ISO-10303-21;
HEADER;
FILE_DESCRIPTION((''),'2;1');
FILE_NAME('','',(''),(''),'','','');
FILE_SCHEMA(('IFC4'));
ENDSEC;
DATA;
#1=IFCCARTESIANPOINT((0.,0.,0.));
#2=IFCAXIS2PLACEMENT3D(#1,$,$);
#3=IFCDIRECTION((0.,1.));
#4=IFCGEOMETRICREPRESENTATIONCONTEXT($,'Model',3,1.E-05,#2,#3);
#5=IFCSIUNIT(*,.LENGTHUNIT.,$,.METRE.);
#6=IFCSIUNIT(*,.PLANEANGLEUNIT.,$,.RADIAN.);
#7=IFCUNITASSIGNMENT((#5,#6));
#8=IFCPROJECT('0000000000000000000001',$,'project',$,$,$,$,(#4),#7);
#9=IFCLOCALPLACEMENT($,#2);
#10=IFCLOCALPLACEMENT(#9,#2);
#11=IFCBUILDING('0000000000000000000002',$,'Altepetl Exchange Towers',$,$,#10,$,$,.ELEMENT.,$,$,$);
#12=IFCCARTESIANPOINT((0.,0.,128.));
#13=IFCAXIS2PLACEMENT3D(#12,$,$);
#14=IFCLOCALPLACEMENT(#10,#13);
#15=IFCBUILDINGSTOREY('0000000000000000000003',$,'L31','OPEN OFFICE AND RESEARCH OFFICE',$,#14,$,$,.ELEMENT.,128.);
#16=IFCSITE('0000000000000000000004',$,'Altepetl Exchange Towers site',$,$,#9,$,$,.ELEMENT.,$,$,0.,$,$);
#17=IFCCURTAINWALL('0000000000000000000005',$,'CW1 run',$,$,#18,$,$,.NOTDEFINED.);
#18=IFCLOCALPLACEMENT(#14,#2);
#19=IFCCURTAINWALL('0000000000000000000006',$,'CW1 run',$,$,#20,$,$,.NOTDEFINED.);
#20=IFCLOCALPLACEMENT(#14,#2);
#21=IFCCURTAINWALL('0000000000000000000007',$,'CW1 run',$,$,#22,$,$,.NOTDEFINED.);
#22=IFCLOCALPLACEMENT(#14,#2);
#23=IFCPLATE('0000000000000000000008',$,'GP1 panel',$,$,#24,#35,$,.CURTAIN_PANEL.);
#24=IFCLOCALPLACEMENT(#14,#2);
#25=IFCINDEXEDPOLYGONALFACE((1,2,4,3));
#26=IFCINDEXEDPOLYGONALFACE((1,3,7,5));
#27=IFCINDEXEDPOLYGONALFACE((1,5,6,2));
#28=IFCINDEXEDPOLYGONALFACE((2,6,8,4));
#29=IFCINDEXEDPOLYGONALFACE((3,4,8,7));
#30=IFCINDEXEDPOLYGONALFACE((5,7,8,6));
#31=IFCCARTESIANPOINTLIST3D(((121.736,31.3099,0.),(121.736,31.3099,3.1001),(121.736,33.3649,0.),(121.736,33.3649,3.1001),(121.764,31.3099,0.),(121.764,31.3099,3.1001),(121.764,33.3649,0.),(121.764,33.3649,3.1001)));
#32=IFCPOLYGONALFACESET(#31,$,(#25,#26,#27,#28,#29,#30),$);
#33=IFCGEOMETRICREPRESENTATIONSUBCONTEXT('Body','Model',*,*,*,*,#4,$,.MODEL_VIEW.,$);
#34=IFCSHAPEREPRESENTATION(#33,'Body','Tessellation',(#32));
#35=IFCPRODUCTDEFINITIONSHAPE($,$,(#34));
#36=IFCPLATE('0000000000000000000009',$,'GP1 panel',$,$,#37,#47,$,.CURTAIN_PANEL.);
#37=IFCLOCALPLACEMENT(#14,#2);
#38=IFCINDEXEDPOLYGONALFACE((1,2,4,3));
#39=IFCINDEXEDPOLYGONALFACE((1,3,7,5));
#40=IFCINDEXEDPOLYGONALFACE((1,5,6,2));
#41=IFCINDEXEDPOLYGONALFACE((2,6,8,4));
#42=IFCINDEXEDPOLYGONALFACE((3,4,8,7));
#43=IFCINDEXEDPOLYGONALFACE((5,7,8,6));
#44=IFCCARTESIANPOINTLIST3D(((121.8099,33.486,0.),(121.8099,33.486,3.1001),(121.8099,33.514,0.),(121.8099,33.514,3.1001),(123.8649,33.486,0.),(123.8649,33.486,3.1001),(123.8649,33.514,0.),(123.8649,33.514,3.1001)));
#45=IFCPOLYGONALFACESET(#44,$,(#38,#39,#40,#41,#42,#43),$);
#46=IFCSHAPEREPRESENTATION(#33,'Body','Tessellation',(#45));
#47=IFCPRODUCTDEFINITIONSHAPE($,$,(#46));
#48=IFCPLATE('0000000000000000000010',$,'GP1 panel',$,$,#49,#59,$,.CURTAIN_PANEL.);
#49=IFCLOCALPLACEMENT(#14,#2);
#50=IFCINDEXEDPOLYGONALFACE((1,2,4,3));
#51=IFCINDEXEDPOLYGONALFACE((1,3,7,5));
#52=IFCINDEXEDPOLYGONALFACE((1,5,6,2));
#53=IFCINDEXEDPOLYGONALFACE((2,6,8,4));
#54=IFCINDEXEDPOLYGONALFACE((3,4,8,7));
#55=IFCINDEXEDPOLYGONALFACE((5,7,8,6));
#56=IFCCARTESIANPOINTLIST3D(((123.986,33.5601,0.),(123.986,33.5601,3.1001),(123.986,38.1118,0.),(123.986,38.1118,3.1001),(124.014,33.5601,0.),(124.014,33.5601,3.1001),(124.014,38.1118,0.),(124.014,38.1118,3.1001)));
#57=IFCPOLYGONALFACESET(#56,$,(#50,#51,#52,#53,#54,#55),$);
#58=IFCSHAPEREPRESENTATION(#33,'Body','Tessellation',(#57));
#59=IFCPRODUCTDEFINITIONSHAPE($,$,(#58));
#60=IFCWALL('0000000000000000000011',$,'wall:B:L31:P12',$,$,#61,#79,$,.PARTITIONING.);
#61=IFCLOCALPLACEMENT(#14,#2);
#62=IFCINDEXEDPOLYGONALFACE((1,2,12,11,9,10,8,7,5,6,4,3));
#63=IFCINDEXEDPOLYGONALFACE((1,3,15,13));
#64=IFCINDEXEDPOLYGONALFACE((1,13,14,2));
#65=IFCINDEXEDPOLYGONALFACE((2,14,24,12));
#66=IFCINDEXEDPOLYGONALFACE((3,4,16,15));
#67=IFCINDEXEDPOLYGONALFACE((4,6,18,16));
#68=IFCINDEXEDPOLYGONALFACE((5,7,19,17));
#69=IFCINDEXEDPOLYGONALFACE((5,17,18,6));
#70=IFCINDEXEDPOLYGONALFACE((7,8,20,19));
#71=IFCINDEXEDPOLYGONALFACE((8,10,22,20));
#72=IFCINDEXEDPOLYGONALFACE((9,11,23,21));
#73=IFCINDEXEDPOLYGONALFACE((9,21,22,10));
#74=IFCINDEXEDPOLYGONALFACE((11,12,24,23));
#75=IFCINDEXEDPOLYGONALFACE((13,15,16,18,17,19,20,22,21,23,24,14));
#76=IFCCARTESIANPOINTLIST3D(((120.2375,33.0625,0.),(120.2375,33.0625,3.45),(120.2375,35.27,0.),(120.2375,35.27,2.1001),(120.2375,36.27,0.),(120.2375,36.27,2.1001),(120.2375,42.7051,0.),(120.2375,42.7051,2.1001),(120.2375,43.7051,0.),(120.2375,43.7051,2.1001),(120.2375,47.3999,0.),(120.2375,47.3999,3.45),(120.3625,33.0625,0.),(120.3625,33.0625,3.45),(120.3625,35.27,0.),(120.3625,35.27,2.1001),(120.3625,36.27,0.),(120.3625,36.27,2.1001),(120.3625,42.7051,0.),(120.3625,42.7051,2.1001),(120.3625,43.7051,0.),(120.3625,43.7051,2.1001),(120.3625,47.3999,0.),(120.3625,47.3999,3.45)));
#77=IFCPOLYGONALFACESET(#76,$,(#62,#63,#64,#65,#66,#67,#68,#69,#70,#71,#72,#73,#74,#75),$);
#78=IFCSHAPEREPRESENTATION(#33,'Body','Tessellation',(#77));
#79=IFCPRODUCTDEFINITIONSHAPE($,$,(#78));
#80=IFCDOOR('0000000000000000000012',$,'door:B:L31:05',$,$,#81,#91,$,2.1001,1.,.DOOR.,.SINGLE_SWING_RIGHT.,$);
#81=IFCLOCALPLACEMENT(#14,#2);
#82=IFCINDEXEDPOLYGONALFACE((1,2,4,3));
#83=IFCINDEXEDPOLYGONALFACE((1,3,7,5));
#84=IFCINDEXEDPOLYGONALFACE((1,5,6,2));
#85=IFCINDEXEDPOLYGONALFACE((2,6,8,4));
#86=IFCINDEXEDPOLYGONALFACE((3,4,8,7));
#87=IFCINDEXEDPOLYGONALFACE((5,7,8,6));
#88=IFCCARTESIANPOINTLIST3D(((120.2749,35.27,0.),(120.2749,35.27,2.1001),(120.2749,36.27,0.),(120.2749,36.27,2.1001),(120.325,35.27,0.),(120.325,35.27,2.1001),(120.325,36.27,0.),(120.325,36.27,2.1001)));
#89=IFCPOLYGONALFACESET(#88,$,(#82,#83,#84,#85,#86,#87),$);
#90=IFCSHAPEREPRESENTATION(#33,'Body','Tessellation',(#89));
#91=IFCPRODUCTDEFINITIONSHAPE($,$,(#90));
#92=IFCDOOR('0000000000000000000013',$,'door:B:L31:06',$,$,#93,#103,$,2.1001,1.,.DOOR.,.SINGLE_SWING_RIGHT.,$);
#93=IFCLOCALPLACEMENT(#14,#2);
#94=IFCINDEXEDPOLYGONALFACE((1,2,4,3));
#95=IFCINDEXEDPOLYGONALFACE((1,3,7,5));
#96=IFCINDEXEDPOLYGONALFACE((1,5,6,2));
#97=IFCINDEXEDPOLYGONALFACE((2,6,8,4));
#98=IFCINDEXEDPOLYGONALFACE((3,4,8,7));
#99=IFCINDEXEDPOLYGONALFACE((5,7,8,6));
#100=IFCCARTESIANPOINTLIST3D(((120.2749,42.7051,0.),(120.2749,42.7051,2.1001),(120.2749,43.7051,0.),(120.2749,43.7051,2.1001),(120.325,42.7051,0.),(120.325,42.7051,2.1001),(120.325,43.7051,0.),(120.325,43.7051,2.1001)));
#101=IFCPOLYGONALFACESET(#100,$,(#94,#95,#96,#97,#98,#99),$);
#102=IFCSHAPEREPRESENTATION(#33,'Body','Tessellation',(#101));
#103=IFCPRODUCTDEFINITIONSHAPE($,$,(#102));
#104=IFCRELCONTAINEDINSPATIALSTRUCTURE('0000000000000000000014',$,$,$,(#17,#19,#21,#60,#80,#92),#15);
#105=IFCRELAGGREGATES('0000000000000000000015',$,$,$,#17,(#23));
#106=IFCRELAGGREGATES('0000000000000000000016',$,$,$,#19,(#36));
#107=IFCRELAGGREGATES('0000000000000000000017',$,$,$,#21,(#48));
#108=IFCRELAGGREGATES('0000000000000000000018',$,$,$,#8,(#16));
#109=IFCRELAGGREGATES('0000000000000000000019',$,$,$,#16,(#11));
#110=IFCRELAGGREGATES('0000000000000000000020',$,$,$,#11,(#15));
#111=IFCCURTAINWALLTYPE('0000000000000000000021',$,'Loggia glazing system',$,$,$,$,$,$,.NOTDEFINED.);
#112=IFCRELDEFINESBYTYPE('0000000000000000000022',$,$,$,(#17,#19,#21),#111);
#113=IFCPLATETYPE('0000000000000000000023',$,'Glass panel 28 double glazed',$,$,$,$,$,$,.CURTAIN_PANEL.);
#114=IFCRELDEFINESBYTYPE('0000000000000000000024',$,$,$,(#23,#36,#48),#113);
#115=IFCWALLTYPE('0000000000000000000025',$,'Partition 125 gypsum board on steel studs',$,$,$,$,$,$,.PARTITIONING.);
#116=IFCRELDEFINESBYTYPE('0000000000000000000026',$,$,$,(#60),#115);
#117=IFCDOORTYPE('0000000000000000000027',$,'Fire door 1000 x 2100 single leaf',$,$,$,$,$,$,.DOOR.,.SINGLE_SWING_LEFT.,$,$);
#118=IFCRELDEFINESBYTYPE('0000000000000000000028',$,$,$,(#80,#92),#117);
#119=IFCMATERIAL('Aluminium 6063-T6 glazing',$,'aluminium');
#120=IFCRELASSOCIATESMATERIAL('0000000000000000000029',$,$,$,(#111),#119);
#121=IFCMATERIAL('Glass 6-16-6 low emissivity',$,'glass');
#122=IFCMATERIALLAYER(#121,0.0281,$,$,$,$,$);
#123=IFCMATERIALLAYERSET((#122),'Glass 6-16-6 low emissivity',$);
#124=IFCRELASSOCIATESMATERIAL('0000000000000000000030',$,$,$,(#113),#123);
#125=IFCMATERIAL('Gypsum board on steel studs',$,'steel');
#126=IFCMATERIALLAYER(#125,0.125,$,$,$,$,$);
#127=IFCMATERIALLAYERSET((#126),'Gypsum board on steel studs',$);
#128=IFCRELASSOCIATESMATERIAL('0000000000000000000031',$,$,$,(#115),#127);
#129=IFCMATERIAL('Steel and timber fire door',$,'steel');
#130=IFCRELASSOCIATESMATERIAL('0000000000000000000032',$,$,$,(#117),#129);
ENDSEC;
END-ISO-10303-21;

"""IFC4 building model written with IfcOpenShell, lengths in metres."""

from ifc_helpers import new_model, si_unit, direction, frame, frame_2d, origin, origin_2d, place, context, subcontext, project, spatial, rectangle, extrude, material, layer, layer_set, type_object, element, fill, aggregate, save


model = new_model("IFC4")

# Units and contexts
model_context = context("Model", 3, precision=1e-05, world=origin(), true_north=direction((0.0, 1.0)))
body_context = subcontext(model_context, "Body", "Model", "MODEL_VIEW")
ifc_project = project(units=[si_unit("LENGTHUNIT", "METRE"), si_unit("PLANEANGLEUNIT", "RADIAN")], contexts=[model_context])

# Site, building, storey
site_placement = place(None, origin())
site = spatial("IfcSite", under=ifc_project, at=site_placement, Name="Altepetl Exchange Towers site", CompositionType="ELEMENT", RefElevation=0.0)
building_placement = place(site_placement, origin())
building = spatial("IfcBuilding", under=site, at=building_placement, Name="Altepetl Exchange Towers", CompositionType="ELEMENT")
storey_placement = place(building_placement, frame((0.0, 0.0, 128.0)))
storey = spatial("IfcBuildingStorey", under=building, at=storey_placement, Name="L31", Description="OPEN OFFICE AND RESEARCH OFFICE", CompositionType="ELEMENT", Elevation=128.0)

# Shared definitions
ifc_material_1 = material(Name="Aluminium 6063-T6 glazing", Category="aluminium")
curtain_wall_type = type_object("IfcCurtainWallType", Name="Loggia glazing system", PredefinedType="NOTDEFINED", material=ifc_material_1)

# Curtain walls
curtain_wall_1_placement = place(storey_placement, origin())
curtain_wall_1 = element("IfcCurtainWall", 1, at=curtain_wall_1_placement, inside=storey, type_object=curtain_wall_type, Name="CW1 run", PredefinedType="NOTDEFINED")
curtain_wall_2_placement = place(storey_placement, origin())
curtain_wall_2 = element("IfcCurtainWall", 2, at=curtain_wall_2_placement, inside=storey, type_object=curtain_wall_type, Name="CW1 run", PredefinedType="NOTDEFINED")

# Curtain wall
curtain_wall_3_placement = place(storey_placement, origin())
curtain_wall_3 = element("IfcCurtainWall", 3, at=curtain_wall_3_placement, inside=storey, type_object=curtain_wall_type, Name="CW1 run", PredefinedType="NOTDEFINED")

# Plates
ifc_material_2 = material(Name="Glass 6-16-6 low emissivity", Category="glass")
ifc_layer_1 = layer(ifc_material_2, 0.0281)
ifc_layer_set_1 = layer_set([ifc_layer_1], Name="Glass 6-16-6 low emissivity")
plate_type = type_object("IfcPlateType", Name="Glass panel 28 double glazed", PredefinedType="CURTAIN_PANEL", material=ifc_layer_set_1)
plate_1_placement = place(storey_placement, frame((121.75, 32.3374, 0.0), z_axis=(0.0, 0.0, 1.0), x_axis=(0.0, 1.0, 0.0)))
plate_1 = element("IfcPlate", 4, at=plate_1_placement, type_object=plate_type, Name="GP1 panel", PredefinedType="CURTAIN_PANEL", context=body_context, shape_type="SweptSolid", body=[
    extrude(rectangle(XDim=2.0549, YDim=0.0281, at=origin_2d()), origin(), (0.0, 0.0, 1.0), 3.1001),
])
aggregate(curtain_wall_1, [plate_1])
plate_2_placement = place(storey_placement, frame((122.8374, 33.5, 0.0)))
plate_2 = element("IfcPlate", 5, at=plate_2_placement, type_object=plate_type, Name="GP1 panel", PredefinedType="CURTAIN_PANEL", context=body_context, shape_type="SweptSolid", body=[
    extrude(rectangle(XDim=2.0549, YDim=0.0281, at=origin_2d()), origin(), (0.0, 0.0, 1.0), 3.1001),
])
aggregate(curtain_wall_2, [plate_2])
plate_3_placement = place(storey_placement, frame((124.0, 35.8359, 0.0), z_axis=(0.0, 0.0, 1.0), x_axis=(0.0, 1.0, 0.0)))
plate_3 = element("IfcPlate", 6, at=plate_3_placement, type_object=plate_type, Name="GP1 panel", PredefinedType="CURTAIN_PANEL", context=body_context, shape_type="SweptSolid", body=[
    extrude(rectangle(XDim=4.5518, YDim=0.0281, at=origin_2d()), origin(), (0.0, 0.0, 1.0), 3.1001),
])
aggregate(curtain_wall_3, [plate_3])

# Wall, openings, doors
ifc_material_3 = material(Name="Gypsum board on steel studs", Category="steel")
ifc_layer_2 = layer(ifc_material_3, 0.125)
ifc_layer_set_2 = layer_set([ifc_layer_2], Name="Gypsum board on steel studs")
wall_type = type_object("IfcWallType", Name="Partition 125 gypsum board on steel studs", PredefinedType="PARTITIONING", material=ifc_layer_set_2)
wall_placement = place(storey_placement, frame((120.3, 33.0625, 0.0), z_axis=(0.0, 0.0, 1.0), x_axis=(0.0, 1.0, 0.0)))
wall = element("IfcWall", 7, at=wall_placement, inside=storey, type_object=wall_type, Name="wall:B:L31:P12", PredefinedType="PARTITIONING", context=body_context, shape_type="SweptSolid", body=[
    extrude(rectangle(XDim=14.3374, YDim=0.125, at=frame_2d((7.1687, 0.0))), origin(), (0.0, 0.0, 1.0), 3.45),
])
opening_1_placement = place(wall_placement, frame((2.2075, 0.0, 0.0)))
opening_1 = element("IfcOpeningElement", 8, at=opening_1_placement, cuts=wall, PredefinedType="OPENING", context=body_context, shape_type="SweptSolid", body=[
    extrude(rectangle(XDim=1.0, YDim=2.1001, at=frame_2d((0.5, 1.05))), frame((0.0, 0.0725, 0.0), z_axis=(0.0, -1.0, 0.0), x_axis=(1.0, 0.0, 0.0)), (0.0, 0.0, 1.0), 0.145),
])
opening_2_placement = place(wall_placement, frame((9.6426, 0.0, 0.0)))
opening_2 = element("IfcOpeningElement", 9, at=opening_2_placement, cuts=wall, PredefinedType="OPENING", context=body_context, shape_type="SweptSolid", body=[
    extrude(rectangle(XDim=1.0, YDim=2.1001, at=frame_2d((0.5, 1.05))), frame((0.0, 0.0725, 0.0), z_axis=(0.0, -1.0, 0.0), x_axis=(1.0, 0.0, 0.0)), (0.0, 0.0, 1.0), 0.145),
])
ifc_material_4 = material(Name="Steel and timber fire door", Category="steel")
door_type = type_object("IfcDoorType", Name="Fire door 1000 x 2100 single leaf", OperationType="SINGLE_SWING_LEFT", PredefinedType="DOOR", material=ifc_material_4)
door_1_placement = place(opening_1_placement, frame((1.0, 0.0, 0.0), x_axis=(-1.0, 0.0, 0.0)))
door_1 = element("IfcDoor", 10, at=door_1_placement, inside=storey, type_object=door_type, Name="door:B:L31:05", OperationType="SINGLE_SWING_RIGHT", OverallHeight=2.1001, OverallWidth=1.0, PredefinedType="DOOR", context=body_context, shape_type="SweptSolid", body=[
    extrude(rectangle(XDim=1.0, YDim=2.1001, at=frame_2d((0.5, 1.05))), frame((0.0, 0.0249, 0.0), z_axis=(0.0, -1.0, 0.0), x_axis=(1.0, 0.0, 0.0)), (0.0, 0.0, 1.0), 0.05),
])
fill(opening_1, door_1)
door_2_placement = place(opening_2_placement, frame((1.0, 0.0, 0.0), x_axis=(-1.0, 0.0, 0.0)))
door_2 = element("IfcDoor", 11, at=door_2_placement, inside=storey, type_object=door_type, Name="door:B:L31:06", OperationType="SINGLE_SWING_RIGHT", OverallHeight=2.1001, OverallWidth=1.0, PredefinedType="DOOR", context=body_context, shape_type="SweptSolid", body=[
    extrude(rectangle(XDim=1.0, YDim=2.1001, at=frame_2d((0.5, 1.05))), frame((0.0, 0.0249, 0.0), z_axis=(0.0, -1.0, 0.0), x_axis=(1.0, 0.0, 0.0)), (0.0, 0.0, 1.0), 0.05),
])
fill(opening_2, door_2)

save(model, "model.ifc")
